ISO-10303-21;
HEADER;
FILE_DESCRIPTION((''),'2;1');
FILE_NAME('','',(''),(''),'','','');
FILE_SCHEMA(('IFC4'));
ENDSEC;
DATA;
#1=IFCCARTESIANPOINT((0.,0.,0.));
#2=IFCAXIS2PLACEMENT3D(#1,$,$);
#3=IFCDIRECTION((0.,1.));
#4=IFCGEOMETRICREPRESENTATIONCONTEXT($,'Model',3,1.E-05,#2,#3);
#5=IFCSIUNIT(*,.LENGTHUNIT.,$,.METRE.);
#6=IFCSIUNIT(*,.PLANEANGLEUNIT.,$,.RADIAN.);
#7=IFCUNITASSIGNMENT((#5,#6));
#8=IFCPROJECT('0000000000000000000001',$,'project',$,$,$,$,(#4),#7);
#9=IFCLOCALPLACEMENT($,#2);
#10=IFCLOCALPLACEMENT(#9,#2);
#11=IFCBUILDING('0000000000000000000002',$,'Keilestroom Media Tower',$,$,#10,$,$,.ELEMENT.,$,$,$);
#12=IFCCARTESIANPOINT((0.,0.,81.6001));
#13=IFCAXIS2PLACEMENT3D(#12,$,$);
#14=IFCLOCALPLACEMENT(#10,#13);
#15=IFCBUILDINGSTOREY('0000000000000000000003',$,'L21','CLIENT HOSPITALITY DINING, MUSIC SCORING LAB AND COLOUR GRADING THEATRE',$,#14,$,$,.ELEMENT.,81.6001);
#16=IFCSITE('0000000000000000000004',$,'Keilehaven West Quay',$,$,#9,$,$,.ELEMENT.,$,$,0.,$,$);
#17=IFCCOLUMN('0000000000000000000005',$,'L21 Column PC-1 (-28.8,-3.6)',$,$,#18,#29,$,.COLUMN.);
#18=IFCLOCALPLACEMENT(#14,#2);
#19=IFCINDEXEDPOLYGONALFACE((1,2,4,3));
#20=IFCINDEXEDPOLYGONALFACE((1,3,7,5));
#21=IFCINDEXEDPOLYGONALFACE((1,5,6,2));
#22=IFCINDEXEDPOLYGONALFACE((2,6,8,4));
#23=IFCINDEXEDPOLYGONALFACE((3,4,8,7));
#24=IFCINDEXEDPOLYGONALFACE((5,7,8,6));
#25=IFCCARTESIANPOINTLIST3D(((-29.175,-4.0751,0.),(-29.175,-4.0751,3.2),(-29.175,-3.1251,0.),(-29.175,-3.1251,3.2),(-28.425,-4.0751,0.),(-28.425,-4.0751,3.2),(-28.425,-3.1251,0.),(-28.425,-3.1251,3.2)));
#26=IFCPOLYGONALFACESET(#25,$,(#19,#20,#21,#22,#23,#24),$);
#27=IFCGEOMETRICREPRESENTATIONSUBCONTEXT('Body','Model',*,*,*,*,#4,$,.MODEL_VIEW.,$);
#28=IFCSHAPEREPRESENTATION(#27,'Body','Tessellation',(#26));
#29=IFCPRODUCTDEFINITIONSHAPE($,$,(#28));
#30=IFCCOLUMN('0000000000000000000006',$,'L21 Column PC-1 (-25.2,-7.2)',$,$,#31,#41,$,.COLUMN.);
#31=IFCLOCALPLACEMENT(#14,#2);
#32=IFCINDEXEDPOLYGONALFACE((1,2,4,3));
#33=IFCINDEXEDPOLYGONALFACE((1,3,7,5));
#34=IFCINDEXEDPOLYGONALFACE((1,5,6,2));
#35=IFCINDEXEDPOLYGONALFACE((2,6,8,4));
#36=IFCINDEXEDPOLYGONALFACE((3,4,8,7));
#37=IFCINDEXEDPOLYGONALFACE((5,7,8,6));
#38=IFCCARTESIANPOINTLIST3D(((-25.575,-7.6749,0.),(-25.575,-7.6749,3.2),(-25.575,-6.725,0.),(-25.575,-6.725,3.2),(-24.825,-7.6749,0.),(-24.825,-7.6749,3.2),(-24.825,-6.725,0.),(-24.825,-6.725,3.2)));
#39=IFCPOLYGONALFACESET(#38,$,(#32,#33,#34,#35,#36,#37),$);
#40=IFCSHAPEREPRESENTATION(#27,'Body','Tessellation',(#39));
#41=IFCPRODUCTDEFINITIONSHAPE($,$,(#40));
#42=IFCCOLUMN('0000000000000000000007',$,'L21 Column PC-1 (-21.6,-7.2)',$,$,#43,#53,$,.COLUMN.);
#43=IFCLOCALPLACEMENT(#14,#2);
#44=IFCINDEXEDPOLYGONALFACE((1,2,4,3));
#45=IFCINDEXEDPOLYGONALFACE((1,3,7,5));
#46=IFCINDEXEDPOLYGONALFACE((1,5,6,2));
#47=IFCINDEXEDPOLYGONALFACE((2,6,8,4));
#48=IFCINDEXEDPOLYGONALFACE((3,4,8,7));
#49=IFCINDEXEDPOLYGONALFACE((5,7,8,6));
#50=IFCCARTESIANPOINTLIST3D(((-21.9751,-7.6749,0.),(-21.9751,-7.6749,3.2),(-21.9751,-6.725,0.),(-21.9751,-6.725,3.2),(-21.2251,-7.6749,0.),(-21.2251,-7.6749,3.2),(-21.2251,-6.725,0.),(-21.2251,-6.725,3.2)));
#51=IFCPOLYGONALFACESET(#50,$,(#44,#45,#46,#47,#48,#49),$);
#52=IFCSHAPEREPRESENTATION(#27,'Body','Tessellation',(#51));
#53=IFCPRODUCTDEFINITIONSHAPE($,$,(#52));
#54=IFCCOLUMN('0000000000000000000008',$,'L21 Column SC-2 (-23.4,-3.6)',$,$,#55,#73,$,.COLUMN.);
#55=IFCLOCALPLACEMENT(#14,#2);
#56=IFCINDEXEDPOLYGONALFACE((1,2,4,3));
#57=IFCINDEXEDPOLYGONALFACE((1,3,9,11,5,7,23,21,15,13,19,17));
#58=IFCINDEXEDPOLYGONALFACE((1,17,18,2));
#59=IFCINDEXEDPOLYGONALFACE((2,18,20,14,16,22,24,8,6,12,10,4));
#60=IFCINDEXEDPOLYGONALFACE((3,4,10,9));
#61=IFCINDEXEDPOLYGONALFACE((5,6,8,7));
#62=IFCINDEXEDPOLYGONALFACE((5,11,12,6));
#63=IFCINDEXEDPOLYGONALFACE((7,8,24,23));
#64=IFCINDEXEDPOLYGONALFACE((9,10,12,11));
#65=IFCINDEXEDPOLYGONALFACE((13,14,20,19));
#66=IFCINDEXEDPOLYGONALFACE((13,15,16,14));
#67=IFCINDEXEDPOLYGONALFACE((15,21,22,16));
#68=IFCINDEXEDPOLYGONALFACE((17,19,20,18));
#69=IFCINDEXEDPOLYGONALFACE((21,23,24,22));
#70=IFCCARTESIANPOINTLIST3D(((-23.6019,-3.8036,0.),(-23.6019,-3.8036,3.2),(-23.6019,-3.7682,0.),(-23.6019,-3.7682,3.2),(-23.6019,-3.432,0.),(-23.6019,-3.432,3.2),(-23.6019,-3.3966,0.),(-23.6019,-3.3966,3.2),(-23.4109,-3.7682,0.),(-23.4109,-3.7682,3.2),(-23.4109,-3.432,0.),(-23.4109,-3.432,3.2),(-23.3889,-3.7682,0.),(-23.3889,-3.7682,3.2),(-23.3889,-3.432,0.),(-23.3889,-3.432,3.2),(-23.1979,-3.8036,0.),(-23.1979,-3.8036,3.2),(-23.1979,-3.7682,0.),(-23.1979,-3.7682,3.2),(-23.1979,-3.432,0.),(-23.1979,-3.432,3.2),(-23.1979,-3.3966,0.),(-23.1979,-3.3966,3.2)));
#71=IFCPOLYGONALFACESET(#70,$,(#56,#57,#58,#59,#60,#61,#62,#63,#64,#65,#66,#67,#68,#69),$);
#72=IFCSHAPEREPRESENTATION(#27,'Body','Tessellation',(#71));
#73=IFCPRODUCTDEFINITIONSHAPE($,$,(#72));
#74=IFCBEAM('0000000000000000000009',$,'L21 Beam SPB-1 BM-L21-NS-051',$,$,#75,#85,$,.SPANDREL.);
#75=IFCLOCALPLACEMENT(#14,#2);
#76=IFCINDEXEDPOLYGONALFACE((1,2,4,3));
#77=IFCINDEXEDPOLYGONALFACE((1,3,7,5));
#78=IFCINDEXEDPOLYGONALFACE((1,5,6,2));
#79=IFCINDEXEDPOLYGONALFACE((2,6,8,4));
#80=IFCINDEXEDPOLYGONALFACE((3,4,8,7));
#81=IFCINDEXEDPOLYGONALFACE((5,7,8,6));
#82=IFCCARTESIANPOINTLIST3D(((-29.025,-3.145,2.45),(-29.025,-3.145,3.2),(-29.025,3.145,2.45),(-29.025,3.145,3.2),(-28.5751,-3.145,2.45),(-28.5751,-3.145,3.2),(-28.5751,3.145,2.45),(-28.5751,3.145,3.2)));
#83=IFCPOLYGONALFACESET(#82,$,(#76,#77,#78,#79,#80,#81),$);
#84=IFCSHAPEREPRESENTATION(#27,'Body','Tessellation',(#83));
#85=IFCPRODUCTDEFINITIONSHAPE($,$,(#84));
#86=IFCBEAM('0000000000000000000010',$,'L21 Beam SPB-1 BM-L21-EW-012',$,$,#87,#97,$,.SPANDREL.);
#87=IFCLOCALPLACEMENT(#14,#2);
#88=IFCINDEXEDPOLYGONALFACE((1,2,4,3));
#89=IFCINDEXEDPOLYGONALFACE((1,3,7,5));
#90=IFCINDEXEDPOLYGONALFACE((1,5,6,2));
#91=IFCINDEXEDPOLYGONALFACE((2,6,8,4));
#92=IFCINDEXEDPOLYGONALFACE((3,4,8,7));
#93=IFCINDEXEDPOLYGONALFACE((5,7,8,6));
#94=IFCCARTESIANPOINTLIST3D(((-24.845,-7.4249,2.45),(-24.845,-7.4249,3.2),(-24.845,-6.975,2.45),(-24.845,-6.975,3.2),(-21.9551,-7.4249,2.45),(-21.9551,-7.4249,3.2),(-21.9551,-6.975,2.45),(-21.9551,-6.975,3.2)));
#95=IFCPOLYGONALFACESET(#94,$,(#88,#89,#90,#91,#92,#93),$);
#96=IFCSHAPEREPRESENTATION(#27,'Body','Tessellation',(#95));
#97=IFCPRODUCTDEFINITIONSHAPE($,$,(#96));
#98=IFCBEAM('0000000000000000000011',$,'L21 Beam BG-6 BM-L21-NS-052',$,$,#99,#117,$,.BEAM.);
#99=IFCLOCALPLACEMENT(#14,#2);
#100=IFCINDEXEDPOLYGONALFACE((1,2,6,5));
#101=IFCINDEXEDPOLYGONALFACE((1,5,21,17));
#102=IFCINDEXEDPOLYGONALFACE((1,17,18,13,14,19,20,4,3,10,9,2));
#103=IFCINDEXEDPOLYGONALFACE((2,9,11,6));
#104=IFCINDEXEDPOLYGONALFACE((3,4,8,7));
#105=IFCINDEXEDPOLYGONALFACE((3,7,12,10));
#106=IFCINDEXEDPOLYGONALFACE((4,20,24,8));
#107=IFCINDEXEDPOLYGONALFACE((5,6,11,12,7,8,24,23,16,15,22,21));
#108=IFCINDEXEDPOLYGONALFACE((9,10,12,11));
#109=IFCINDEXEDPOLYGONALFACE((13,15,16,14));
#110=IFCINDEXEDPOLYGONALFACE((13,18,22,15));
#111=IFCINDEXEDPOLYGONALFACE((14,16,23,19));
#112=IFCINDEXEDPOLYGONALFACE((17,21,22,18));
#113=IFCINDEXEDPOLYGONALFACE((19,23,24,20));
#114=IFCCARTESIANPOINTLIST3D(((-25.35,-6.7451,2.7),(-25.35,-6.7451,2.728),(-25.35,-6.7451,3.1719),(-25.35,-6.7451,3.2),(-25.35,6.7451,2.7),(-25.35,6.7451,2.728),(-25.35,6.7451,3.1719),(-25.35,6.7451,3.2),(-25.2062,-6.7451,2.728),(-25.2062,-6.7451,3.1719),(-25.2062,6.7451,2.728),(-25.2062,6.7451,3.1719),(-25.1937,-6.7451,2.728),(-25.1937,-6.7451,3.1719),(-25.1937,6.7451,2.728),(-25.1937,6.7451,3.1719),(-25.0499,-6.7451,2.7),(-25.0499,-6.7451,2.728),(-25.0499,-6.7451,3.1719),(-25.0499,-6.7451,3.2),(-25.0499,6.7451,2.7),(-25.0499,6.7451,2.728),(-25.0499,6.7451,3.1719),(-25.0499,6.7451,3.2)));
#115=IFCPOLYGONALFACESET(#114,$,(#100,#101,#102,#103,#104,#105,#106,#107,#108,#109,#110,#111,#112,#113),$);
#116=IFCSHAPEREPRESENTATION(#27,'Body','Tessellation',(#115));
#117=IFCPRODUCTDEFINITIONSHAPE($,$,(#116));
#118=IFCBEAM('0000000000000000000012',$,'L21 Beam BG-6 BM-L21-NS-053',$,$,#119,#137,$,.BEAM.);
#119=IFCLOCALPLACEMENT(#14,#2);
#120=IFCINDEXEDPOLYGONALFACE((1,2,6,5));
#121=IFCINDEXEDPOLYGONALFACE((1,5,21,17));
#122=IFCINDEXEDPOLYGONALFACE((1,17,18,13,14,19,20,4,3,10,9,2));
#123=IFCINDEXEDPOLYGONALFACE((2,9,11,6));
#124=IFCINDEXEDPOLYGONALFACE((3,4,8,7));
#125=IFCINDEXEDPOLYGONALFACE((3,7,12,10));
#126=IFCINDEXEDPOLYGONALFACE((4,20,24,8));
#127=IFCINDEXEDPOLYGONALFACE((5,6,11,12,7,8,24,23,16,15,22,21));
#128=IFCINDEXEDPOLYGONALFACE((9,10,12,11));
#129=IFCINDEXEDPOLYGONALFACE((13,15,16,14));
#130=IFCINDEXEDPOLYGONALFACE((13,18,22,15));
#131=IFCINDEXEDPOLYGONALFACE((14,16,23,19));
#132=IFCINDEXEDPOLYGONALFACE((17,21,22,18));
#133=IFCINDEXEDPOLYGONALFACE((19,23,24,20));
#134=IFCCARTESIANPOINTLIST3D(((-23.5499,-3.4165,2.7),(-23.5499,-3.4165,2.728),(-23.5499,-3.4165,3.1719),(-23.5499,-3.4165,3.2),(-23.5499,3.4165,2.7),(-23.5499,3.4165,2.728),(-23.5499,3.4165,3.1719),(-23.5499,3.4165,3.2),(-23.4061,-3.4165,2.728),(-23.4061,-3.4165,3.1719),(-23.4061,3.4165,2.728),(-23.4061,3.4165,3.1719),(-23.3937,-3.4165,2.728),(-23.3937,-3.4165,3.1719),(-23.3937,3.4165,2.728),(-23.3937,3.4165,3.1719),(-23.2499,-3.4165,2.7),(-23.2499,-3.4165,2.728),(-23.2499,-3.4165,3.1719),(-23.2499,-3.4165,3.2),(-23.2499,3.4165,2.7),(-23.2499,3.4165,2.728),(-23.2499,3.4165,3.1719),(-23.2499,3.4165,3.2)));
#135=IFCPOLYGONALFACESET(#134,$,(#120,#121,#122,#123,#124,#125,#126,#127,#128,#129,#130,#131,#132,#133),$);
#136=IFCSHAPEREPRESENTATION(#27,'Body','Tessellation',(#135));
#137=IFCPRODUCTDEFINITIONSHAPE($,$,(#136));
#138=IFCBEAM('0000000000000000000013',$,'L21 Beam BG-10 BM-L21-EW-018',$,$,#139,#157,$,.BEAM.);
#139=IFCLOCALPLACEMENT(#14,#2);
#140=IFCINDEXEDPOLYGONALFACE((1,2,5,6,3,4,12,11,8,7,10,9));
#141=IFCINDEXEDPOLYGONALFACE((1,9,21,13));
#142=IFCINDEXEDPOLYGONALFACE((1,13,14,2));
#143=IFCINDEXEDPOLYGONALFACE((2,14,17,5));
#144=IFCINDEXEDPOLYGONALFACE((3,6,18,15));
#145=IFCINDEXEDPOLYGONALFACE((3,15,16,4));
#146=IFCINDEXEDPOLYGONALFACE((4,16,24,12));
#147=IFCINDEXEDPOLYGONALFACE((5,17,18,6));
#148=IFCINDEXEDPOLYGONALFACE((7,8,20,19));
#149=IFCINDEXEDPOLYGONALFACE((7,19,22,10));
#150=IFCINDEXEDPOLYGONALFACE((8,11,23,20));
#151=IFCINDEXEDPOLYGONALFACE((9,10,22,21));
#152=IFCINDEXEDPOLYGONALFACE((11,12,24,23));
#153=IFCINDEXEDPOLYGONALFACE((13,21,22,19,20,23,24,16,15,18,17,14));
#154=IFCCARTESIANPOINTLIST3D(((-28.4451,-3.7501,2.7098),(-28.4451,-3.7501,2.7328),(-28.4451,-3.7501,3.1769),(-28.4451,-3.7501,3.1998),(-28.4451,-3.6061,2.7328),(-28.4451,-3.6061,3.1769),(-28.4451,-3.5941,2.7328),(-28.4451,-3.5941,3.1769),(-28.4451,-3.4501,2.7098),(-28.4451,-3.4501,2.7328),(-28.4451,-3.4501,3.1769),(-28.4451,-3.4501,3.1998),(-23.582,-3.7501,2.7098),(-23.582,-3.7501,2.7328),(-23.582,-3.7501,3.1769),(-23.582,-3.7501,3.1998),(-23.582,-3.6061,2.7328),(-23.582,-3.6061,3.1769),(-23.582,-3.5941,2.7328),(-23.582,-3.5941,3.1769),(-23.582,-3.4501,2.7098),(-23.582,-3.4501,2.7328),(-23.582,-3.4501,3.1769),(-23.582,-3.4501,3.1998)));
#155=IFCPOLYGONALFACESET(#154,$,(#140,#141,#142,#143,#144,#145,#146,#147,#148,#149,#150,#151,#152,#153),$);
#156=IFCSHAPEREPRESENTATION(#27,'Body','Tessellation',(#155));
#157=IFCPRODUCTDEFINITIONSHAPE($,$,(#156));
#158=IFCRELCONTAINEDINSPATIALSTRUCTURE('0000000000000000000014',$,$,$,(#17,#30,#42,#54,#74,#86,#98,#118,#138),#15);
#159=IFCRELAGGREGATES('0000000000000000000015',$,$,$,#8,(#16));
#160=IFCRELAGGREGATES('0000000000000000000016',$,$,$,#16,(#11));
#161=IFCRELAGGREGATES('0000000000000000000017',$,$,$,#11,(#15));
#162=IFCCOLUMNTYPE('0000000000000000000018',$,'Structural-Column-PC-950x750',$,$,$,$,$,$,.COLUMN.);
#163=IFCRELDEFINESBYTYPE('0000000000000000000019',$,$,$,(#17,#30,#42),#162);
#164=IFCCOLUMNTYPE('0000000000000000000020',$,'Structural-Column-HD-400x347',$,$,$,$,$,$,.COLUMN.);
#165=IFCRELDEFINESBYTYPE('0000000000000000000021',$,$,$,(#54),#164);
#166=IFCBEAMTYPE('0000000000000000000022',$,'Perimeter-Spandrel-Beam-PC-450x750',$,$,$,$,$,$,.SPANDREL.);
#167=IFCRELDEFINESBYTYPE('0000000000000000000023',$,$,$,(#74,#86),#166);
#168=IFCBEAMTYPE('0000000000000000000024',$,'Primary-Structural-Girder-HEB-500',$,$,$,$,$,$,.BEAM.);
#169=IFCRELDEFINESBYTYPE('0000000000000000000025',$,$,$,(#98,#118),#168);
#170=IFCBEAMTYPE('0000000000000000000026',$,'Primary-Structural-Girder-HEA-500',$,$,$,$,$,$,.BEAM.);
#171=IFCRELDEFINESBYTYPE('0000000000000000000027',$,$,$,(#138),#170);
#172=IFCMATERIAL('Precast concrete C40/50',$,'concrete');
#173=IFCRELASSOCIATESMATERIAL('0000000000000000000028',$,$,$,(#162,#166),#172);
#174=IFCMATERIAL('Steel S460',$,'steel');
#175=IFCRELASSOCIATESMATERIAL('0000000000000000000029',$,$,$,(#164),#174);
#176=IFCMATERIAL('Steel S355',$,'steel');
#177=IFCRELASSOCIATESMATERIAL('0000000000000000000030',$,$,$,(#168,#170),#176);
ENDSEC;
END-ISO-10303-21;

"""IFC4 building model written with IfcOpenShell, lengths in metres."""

from ifc_helpers import new_model, si_unit, direction, frame, origin, origin_2d, place, context, subcontext, project, spatial, rectangle, i_section, extrude, source, transform, mapped, material, material_profile, profile_set, type_object, element, save


model = new_model("IFC4")

# Units and contexts
model_context = context("Model", 3, precision=1e-05, world=origin(), true_north=direction((0.0, 1.0)))
body_context = subcontext(model_context, "Body", "Model", "MODEL_VIEW")
ifc_project = project(units=[si_unit("LENGTHUNIT", "METRE"), si_unit("PLANEANGLEUNIT", "RADIAN")], contexts=[model_context])

# Site, building, storey
site_placement = place(None, origin())
site = spatial("IfcSite", under=ifc_project, at=site_placement, Name="Keilehaven West Quay", CompositionType="ELEMENT", RefElevation=0.0)
building_placement = place(site_placement, origin())
building = spatial("IfcBuilding", under=site, at=building_placement, Name="Keilestroom Media Tower", CompositionType="ELEMENT")
storey_placement = place(building_placement, frame((0.0, 0.0, 81.6001)))
storey = spatial("IfcBuildingStorey", under=building, at=storey_placement, Name="L21", Description="CLIENT HOSPITALITY DINING, MUSIC SCORING LAB AND COLOUR GRADING THEATRE", CompositionType="ELEMENT", Elevation=81.6001)

# Columns
ifc_material_1 = material(Name="Precast concrete C40/50", Category="concrete")
ifc_material_profile_1 = material_profile(ifc_material_1, rectangle(XDim=0.75, YDim=0.95, at=origin_2d()), Name="PC 950x750")
ifc_profile_set_1 = profile_set([ifc_material_profile_1], Name="Precast concrete C40/50")
column_type_1 = type_object("IfcColumnType", Name="Structural-Column-PC-950x750", PredefinedType="COLUMN", material=ifc_profile_set_1)
shared_shape_1 = source(origin(), body_context, "Body", "SweptSolid", [
    extrude(rectangle(XDim=0.75, YDim=0.95, at=origin_2d()), origin(), (0.0, 0.0, 1.0), 3.2),
])
for number, where, z_axis, x_axis, name in (
    (1, (-28.8, -3.6001, 0.0), (0.0, 0.0, 1.0), (1.0, 0.0, 0.0), "L21 Column PC-1 (-28.8,-3.6)"),
    (2, (-25.2, -7.2, 0.0), (0.0, 0.0, 1.0), (1.0, 0.0, 0.0), "L21 Column PC-1 (-25.2,-7.2)"),
    (3, (-21.6001, -7.2, 0.0), (0.0, 0.0, 1.0), (1.0, 0.0, 0.0), "L21 Column PC-1 (-21.6,-7.2)"),
):
    element("IfcColumn", number, at=place(storey_placement, frame(where, z_axis=z_axis, x_axis=x_axis)), inside=storey, type_object=column_type_1, Name=name, PredefinedType="COLUMN", context=body_context, shape_type="MappedRepresentation", body=[
        mapped(shared_shape_1, transform((0.0, 0.0, 0.0), x_axis=(1.0, 0.0, 0.0), y_axis=(0.0, 1.0, 0.0), z_axis=(0.0, 0.0, 1.0), scale=1.0)),
    ])
ifc_material_2 = material(Name="Steel S460", Category="steel")
ifc_material_profile_2 = material_profile(ifc_material_2, i_section(OverallWidth=0.4041, OverallDepth=0.407, WebThickness=0.022, FlangeThickness=0.0354, at=origin_2d()), Name="HD 400x347")
ifc_profile_set_2 = profile_set([ifc_material_profile_2], Name="Steel S460")
column_type_2 = type_object("IfcColumnType", Name="Structural-Column-HD-400x347", PredefinedType="COLUMN", material=ifc_profile_set_2)
shared_shape_2 = source(origin(), body_context, "Body", "SweptSolid", [
    extrude(i_section(OverallWidth=0.4041, OverallDepth=0.407, WebThickness=0.022, FlangeThickness=0.0354, at=origin_2d()), origin(), (0.0, 0.0, 1.0), 3.2),
])
column_placement = place(storey_placement, frame((-23.3999, -3.6001, 0.0), z_axis=(0.0, 0.0, 1.0), x_axis=(1.0, 0.0, 0.0)))
element("IfcColumn", 4, at=column_placement, inside=storey, type_object=column_type_2, Name="L21 Column SC-2 (-23.4,-3.6)", PredefinedType="COLUMN", context=body_context, shape_type="MappedRepresentation", body=[
    mapped(shared_shape_2, transform((0.0, 0.0, 0.0), x_axis=(1.0, 0.0, 0.0), y_axis=(0.0, 1.0, 0.0), z_axis=(0.0, 0.0, 1.0), scale=1.0)),
])

# Beams
ifc_material_profile_3 = material_profile(ifc_material_1, rectangle(XDim=0.45, YDim=0.75, at=origin_2d()), Name="PC 450x750")
ifc_profile_set_3 = profile_set([ifc_material_profile_3], Name="Precast concrete C40/50")
beam_type_1 = type_object("IfcBeamType", Name="Perimeter-Spandrel-Beam-PC-450x750", PredefinedType="SPANDREL", material=ifc_profile_set_3)
shared_shape_3 = source(origin(), body_context, "Body", "SweptSolid", [
    extrude(rectangle(XDim=0.45, YDim=0.75, at=origin_2d()), origin(), (0.0, 0.0, 1.0), 6.29),
])
beam_1_placement = place(storey_placement, frame((-28.8, -3.145, 2.825), z_axis=(0.0, 1.0, 0.0), x_axis=(-1.0, 0.0, 0.0)))
element("IfcBeam", 5, at=beam_1_placement, inside=storey, type_object=beam_type_1, Name="L21 Beam SPB-1 BM-L21-NS-051", PredefinedType="SPANDREL", context=body_context, shape_type="MappedRepresentation", body=[
    mapped(shared_shape_3, transform((0.0, 0.0, 0.0), x_axis=(1.0, 0.0, 0.0), y_axis=(0.0, 1.0, 0.0), z_axis=(0.0, 0.0, 1.0), scale=1.0)),
])
shared_shape_4 = source(origin(), body_context, "Body", "SweptSolid", [
    extrude(rectangle(XDim=0.45, YDim=0.75, at=origin_2d()), origin(), (0.0, 0.0, 1.0), 2.8899),
])
beam_2_placement = place(storey_placement, frame((-24.845, -7.2, 2.825), z_axis=(1.0, 0.0, 0.0), x_axis=(0.0, 1.0, 0.0)))
element("IfcBeam", 6, at=beam_2_placement, inside=storey, type_object=beam_type_1, Name="L21 Beam SPB-1 BM-L21-EW-012", PredefinedType="SPANDREL", context=body_context, shape_type="MappedRepresentation", body=[
    mapped(shared_shape_4, transform((0.0, 0.0, 0.0), x_axis=(1.0, 0.0, 0.0), y_axis=(0.0, 1.0, 0.0), z_axis=(0.0, 0.0, 1.0), scale=1.0)),
])
ifc_material_3 = material(Name="Steel S355", Category="steel")
ifc_material_profile_4 = material_profile(ifc_material_3, i_section(OverallWidth=0.3, OverallDepth=0.5, WebThickness=0.0125, FlangeThickness=0.0281, at=origin_2d()), Name="HEB 500")
ifc_profile_set_4 = profile_set([ifc_material_profile_4], Name="Steel S355")
beam_type_2 = type_object("IfcBeamType", Name="Primary-Structural-Girder-HEB-500", PredefinedType="BEAM", material=ifc_profile_set_4)
shared_shape_5 = source(origin(), body_context, "Body", "SweptSolid", [
    extrude(i_section(OverallWidth=0.3, OverallDepth=0.5, WebThickness=0.0125, FlangeThickness=0.0281, at=origin_2d()), origin(), (0.0, 0.0, 1.0), 13.4902),
])
beam_3_placement = place(storey_placement, frame((-25.2, -6.7451, 2.95), z_axis=(0.0, 1.0, 0.0), x_axis=(-1.0, 0.0, 0.0)))
element("IfcBeam", 7, at=beam_3_placement, inside=storey, type_object=beam_type_2, Name="L21 Beam BG-6 BM-L21-NS-052", PredefinedType="BEAM", context=body_context, shape_type="MappedRepresentation", body=[
    mapped(shared_shape_5, transform((0.0, 0.0, 0.0), x_axis=(1.0, 0.0, 0.0), y_axis=(0.0, 1.0, 0.0), z_axis=(0.0, 0.0, 1.0), scale=1.0)),
])
shared_shape_6 = source(origin(), body_context, "Body", "SweptSolid", [
    extrude(i_section(OverallWidth=0.3, OverallDepth=0.5, WebThickness=0.0125, FlangeThickness=0.0281, at=origin_2d()), origin(), (0.0, 0.0, 1.0), 6.833),
])
beam_4_placement = place(storey_placement, frame((-23.3999, -3.4165, 2.95), z_axis=(0.0, 1.0, 0.0), x_axis=(-1.0, 0.0, 0.0)))
element("IfcBeam", 8, at=beam_4_placement, inside=storey, type_object=beam_type_2, Name="L21 Beam BG-6 BM-L21-NS-053", PredefinedType="BEAM", context=body_context, shape_type="MappedRepresentation", body=[
    mapped(shared_shape_6, transform((0.0, 0.0, 0.0), x_axis=(1.0, 0.0, 0.0), y_axis=(0.0, 1.0, 0.0), z_axis=(0.0, 0.0, 1.0), scale=1.0)),
])
ifc_material_profile_5 = material_profile(ifc_material_3, i_section(OverallWidth=0.3, OverallDepth=0.49, WebThickness=0.012, FlangeThickness=0.0229, at=origin_2d()), Name="HEA 500")
ifc_profile_set_5 = profile_set([ifc_material_profile_5], Name="Steel S355")
beam_type_3 = type_object("IfcBeamType", Name="Primary-Structural-Girder-HEA-500", PredefinedType="BEAM", material=ifc_profile_set_5)
shared_shape_7 = source(origin(), body_context, "Body", "SweptSolid", [
    extrude(i_section(OverallWidth=0.3, OverallDepth=0.49, WebThickness=0.012, FlangeThickness=0.0229, at=origin_2d()), origin(), (0.0, 0.0, 1.0), 4.863),
])
beam_5_placement = place(storey_placement, frame((-28.4451, -3.6001, 2.9548), z_axis=(1.0, 0.0, 0.0), x_axis=(0.0, 1.0, 0.0)))
element("IfcBeam", 9, at=beam_5_placement, inside=storey, type_object=beam_type_3, Name="L21 Beam BG-10 BM-L21-EW-018", PredefinedType="BEAM", context=body_context, shape_type="MappedRepresentation", body=[
    mapped(shared_shape_7, transform((0.0, 0.0, 0.0), x_axis=(1.0, 0.0, 0.0), y_axis=(0.0, 1.0, 0.0), z_axis=(0.0, 0.0, 1.0), scale=1.0)),
])

save(model, "model.ifc")
